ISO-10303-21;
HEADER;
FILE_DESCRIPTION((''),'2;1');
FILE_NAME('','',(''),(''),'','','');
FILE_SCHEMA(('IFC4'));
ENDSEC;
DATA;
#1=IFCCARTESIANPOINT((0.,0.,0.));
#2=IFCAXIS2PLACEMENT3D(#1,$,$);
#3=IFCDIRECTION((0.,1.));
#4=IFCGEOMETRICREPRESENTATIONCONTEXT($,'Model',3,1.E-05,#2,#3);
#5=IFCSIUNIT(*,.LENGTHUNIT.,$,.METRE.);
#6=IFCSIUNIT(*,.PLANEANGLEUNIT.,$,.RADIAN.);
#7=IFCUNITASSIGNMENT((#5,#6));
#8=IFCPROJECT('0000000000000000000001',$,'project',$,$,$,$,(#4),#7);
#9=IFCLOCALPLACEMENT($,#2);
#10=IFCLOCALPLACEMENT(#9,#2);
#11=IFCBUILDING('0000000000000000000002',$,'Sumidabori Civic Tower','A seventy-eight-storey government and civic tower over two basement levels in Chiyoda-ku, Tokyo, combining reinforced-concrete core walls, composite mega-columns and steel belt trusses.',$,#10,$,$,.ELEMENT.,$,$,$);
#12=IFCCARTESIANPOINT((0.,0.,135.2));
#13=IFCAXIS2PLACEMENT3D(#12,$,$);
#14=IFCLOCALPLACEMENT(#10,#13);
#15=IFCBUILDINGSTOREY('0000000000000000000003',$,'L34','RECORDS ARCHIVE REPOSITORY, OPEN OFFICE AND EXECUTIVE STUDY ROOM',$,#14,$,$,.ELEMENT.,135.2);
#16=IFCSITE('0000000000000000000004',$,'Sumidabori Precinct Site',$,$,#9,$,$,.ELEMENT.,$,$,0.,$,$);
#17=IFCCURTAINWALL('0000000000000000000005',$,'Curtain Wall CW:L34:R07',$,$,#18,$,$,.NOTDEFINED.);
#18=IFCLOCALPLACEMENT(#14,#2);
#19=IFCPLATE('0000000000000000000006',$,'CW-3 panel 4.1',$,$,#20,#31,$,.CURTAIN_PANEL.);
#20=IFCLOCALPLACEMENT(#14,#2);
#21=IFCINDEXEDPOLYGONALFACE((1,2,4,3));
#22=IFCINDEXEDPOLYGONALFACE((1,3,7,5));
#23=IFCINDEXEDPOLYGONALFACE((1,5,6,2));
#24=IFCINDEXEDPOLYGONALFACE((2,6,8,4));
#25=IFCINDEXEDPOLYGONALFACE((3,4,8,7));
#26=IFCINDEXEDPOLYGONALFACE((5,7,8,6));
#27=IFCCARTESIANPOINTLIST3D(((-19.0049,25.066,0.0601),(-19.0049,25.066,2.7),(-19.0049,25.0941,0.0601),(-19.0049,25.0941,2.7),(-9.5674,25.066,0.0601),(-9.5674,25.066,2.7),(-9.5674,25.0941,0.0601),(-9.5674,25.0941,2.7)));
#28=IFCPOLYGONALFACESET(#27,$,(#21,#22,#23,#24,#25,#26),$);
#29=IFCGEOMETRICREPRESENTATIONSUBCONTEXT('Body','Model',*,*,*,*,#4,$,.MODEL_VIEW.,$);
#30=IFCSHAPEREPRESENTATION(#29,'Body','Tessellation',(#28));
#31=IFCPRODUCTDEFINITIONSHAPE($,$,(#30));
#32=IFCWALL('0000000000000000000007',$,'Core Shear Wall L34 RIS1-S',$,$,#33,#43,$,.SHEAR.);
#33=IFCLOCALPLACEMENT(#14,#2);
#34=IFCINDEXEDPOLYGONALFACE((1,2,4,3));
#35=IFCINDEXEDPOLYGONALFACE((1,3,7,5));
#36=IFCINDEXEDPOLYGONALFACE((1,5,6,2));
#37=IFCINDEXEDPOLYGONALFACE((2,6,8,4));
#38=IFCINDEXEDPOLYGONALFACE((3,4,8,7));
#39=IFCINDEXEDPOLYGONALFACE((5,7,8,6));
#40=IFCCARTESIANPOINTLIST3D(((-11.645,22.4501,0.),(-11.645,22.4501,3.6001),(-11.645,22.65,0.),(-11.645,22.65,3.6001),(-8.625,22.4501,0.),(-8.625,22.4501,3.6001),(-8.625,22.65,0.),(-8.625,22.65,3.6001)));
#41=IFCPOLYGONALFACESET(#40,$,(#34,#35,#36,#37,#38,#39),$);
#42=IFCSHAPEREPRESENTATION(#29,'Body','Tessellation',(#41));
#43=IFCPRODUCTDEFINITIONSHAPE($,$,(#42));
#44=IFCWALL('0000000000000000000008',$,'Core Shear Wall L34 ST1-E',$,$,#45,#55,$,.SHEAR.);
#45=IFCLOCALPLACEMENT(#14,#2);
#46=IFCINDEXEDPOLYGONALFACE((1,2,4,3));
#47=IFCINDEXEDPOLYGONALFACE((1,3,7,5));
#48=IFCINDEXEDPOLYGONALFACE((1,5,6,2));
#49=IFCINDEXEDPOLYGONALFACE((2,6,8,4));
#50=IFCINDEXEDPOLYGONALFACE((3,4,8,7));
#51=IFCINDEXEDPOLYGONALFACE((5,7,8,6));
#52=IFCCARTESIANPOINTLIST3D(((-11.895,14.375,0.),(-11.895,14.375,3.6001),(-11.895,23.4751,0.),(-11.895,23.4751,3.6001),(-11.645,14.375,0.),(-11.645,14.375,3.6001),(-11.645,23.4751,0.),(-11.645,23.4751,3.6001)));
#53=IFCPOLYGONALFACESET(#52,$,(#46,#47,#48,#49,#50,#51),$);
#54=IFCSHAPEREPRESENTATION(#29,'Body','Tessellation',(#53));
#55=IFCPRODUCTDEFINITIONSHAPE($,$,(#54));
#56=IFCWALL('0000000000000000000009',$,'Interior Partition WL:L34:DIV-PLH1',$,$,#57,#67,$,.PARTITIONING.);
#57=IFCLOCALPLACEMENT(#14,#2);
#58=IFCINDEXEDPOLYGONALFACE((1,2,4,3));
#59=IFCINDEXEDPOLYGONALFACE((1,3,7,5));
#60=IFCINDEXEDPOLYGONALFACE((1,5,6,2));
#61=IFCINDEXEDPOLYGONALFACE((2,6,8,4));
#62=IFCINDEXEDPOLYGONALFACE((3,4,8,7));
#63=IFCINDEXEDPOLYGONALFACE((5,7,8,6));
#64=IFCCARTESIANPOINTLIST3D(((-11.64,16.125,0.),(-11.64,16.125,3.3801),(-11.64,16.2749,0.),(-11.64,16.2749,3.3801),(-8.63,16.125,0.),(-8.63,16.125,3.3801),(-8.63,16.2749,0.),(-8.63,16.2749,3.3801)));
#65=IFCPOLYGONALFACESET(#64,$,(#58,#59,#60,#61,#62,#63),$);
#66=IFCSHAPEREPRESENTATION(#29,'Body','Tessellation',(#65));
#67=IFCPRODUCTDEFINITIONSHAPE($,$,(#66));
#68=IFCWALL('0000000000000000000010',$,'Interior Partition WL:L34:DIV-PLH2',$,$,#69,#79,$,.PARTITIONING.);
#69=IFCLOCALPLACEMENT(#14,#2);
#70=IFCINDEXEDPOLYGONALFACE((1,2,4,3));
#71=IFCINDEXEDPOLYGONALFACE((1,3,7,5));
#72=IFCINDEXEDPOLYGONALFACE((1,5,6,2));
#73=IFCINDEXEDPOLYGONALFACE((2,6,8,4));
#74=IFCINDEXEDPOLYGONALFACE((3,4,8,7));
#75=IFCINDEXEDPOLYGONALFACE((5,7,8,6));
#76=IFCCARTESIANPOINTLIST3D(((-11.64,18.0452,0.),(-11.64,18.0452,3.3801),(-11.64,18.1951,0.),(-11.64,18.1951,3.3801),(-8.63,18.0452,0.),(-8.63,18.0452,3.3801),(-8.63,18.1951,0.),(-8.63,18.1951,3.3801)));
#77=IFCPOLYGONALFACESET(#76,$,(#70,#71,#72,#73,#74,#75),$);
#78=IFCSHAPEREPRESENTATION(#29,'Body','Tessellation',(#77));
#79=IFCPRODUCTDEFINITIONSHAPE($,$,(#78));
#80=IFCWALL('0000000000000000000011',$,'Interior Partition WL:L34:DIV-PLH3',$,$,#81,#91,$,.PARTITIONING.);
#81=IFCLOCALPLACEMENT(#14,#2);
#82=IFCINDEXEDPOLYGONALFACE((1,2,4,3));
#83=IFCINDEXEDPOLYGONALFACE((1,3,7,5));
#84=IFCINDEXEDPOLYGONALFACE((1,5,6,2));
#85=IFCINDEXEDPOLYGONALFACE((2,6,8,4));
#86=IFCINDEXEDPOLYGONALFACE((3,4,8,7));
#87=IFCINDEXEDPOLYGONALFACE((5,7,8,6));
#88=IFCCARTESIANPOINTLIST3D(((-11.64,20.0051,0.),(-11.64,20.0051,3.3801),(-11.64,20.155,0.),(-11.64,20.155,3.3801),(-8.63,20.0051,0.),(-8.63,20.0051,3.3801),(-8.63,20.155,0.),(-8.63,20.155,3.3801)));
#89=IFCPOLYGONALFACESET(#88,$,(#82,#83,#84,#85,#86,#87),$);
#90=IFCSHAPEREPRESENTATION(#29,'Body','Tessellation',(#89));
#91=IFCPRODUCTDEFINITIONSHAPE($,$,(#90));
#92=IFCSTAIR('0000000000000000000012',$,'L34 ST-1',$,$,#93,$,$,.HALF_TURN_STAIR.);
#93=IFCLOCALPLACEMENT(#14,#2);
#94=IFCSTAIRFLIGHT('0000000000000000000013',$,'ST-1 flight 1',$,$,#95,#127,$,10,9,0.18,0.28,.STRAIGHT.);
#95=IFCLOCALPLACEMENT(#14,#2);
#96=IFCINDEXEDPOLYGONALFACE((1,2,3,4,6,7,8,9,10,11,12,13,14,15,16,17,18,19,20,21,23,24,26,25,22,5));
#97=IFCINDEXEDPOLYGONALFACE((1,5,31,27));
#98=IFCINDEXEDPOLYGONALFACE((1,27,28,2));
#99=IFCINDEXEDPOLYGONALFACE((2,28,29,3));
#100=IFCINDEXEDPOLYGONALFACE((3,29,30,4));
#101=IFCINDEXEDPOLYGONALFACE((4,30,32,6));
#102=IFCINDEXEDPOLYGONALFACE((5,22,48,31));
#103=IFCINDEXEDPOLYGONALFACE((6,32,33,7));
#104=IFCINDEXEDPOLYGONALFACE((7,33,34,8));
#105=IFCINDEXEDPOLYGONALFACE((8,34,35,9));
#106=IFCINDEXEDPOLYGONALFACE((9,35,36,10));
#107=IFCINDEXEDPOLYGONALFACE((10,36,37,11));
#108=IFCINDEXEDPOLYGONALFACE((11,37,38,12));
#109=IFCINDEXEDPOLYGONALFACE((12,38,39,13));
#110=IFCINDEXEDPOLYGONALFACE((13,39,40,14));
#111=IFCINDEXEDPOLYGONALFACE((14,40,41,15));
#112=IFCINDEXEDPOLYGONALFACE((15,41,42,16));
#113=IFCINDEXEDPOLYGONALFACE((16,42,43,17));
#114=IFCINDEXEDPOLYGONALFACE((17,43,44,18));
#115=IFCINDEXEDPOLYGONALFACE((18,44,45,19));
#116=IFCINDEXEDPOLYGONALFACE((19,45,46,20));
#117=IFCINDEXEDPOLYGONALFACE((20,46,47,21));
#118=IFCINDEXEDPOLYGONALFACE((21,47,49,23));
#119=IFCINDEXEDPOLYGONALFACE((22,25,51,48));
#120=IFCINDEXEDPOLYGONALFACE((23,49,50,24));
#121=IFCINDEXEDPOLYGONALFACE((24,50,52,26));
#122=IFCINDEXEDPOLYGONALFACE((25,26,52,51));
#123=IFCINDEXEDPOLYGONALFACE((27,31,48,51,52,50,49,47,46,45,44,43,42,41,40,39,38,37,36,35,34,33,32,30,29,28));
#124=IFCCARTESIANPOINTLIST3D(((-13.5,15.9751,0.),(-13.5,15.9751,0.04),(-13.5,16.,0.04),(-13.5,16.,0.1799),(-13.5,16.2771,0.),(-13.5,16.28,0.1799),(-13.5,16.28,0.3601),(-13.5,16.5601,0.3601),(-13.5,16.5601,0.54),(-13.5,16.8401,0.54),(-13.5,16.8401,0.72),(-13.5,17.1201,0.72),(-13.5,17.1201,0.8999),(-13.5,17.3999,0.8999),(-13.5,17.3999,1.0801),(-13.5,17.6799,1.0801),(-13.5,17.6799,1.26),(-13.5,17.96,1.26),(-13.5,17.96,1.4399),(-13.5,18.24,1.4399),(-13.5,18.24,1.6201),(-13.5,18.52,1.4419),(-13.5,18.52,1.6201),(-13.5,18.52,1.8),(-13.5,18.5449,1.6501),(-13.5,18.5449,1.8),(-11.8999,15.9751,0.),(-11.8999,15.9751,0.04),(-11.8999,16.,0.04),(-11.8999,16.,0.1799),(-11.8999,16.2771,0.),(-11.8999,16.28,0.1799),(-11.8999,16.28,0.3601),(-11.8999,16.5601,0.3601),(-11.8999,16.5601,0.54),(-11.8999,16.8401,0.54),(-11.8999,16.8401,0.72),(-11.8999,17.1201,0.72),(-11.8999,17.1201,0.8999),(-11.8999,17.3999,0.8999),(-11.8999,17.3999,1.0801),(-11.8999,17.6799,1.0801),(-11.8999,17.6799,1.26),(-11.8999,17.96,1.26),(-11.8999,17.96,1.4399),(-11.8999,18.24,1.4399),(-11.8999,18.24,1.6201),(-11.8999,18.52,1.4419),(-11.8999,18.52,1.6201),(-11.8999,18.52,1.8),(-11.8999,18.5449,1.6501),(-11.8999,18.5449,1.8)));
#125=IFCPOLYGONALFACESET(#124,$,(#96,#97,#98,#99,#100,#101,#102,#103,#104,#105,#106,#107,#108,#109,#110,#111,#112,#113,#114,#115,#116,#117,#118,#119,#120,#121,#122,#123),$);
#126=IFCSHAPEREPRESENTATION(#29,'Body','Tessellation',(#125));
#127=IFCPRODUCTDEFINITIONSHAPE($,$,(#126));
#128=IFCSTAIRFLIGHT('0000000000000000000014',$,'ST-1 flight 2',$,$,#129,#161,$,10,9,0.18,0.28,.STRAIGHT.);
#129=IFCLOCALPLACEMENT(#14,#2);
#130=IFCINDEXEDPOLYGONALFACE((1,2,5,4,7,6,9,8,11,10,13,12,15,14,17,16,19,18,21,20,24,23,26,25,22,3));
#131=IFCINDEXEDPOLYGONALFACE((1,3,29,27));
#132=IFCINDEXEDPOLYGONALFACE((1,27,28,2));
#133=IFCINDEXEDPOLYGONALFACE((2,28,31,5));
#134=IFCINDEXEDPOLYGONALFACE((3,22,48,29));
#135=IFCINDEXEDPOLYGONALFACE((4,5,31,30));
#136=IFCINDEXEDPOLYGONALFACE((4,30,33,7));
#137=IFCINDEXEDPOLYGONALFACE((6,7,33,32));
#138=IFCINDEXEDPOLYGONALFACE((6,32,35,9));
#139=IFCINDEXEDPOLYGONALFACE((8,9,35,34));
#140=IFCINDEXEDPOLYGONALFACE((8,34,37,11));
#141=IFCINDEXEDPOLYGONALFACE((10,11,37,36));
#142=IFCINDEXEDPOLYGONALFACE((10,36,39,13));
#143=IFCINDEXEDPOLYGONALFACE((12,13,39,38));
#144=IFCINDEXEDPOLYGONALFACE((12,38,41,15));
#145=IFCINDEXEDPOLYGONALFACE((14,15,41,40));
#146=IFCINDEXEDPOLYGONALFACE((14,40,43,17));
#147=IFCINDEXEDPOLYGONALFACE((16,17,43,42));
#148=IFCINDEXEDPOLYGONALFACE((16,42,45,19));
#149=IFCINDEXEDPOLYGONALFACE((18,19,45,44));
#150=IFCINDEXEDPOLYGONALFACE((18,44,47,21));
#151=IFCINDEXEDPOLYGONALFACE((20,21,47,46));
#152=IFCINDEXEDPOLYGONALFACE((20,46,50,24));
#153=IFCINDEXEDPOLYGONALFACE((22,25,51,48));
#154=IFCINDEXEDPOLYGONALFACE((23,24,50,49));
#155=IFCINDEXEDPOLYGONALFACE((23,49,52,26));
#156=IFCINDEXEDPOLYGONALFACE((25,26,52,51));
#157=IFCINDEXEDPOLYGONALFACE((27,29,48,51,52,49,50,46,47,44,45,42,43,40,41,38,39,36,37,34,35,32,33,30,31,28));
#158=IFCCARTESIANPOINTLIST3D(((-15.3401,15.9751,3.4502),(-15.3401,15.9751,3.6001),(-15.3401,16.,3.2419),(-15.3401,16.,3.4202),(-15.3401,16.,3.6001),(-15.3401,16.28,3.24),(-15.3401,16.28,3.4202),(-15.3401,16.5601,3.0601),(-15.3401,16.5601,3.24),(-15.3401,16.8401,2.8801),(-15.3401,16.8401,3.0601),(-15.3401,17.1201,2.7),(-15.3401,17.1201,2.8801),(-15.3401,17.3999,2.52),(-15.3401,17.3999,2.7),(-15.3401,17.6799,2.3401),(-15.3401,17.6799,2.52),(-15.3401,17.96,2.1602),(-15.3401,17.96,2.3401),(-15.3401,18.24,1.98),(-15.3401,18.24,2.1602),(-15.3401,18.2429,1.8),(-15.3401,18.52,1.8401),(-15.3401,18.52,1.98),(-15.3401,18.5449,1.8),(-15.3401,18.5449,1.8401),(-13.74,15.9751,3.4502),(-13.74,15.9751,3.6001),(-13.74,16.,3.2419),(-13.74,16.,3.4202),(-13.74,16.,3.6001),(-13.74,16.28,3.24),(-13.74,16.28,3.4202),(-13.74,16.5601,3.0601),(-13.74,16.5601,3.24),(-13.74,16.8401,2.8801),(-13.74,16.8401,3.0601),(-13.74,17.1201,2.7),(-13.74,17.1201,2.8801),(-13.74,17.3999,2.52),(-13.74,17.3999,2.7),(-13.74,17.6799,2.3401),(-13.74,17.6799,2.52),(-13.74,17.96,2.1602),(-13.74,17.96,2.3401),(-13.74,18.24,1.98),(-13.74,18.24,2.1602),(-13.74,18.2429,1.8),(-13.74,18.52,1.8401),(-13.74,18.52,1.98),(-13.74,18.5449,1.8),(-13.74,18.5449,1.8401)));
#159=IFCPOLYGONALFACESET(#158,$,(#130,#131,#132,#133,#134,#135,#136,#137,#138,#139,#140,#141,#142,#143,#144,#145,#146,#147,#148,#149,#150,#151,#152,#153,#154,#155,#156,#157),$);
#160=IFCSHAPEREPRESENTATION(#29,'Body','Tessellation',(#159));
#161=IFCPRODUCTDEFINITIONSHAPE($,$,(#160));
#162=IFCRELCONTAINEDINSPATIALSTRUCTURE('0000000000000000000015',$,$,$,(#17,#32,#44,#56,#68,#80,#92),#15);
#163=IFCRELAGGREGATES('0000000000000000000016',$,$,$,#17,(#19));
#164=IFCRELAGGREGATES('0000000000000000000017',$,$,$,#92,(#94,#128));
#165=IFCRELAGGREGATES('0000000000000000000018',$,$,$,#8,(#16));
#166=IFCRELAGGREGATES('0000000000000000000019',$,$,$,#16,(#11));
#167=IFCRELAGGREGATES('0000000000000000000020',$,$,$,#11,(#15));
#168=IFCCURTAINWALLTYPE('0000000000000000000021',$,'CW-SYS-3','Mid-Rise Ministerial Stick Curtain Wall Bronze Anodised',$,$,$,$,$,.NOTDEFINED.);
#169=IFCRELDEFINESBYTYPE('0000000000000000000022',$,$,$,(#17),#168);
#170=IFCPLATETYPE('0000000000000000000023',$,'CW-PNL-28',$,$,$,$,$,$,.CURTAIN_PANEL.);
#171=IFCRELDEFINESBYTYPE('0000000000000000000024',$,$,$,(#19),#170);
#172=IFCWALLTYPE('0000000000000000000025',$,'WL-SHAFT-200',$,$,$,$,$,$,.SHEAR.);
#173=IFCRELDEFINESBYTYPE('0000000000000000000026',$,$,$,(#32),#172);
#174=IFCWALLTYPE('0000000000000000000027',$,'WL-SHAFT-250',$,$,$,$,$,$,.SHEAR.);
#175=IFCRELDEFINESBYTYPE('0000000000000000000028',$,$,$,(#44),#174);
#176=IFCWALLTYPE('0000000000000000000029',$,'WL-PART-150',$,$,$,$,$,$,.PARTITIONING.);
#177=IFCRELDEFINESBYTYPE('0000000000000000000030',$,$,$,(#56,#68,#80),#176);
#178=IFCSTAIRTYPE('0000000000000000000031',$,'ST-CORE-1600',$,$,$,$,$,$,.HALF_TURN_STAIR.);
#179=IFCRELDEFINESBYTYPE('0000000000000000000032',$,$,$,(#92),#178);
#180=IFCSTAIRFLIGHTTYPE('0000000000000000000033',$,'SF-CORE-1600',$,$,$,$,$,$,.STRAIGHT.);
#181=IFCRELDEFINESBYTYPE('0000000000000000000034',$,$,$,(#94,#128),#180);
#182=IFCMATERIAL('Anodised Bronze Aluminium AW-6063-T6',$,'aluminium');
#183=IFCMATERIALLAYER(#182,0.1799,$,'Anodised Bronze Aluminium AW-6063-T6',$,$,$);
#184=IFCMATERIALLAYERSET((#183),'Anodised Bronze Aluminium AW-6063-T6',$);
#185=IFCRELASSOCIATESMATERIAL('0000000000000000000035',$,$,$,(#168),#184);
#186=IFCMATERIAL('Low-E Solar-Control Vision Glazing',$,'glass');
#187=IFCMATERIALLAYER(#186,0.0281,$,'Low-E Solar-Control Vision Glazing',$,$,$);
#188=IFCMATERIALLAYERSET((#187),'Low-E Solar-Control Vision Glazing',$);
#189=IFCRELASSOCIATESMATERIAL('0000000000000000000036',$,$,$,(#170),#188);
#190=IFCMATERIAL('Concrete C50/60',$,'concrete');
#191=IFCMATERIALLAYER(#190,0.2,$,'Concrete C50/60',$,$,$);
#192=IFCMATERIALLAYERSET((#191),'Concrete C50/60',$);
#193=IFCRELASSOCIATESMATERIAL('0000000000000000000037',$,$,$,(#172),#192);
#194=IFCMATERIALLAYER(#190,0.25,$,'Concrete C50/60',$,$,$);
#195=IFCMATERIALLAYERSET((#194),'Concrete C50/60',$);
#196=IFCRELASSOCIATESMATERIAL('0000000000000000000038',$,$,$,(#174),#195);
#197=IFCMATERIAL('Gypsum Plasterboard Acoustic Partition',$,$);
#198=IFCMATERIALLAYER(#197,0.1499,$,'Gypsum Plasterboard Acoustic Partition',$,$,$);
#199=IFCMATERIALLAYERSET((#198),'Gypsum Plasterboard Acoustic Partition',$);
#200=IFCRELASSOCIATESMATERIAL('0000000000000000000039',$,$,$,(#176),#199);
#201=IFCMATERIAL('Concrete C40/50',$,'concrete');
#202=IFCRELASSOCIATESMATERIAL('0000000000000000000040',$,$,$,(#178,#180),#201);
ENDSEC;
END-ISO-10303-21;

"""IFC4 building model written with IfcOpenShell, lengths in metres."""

from ifc_helpers import new_model, si_unit, direction, frame, frame_2d, origin, origin_2d, place, context, subcontext, project, spatial, polyline, rectangle, outline, extrude, source, transform, mapped, material, layer, layer_set, type_object, element, aggregate, save


model = new_model("IFC4")

# Units and contexts
model_context = context("Model", 3, precision=1e-05, world=origin(), true_north=direction((0.0, 1.0)))
body_context = subcontext(model_context, "Body", "Model", "MODEL_VIEW")
ifc_project = project(units=[si_unit("LENGTHUNIT", "METRE"), si_unit("PLANEANGLEUNIT", "RADIAN")], contexts=[model_context])

# Site, building, storey
site_placement = place(None, origin())
site = spatial("IfcSite", under=ifc_project, at=site_placement, Name="Sumidabori Precinct Site", CompositionType="ELEMENT", RefElevation=0.0)
building_placement = place(site_placement, origin())
building = spatial("IfcBuilding", under=site, at=building_placement, Name="Sumidabori Civic Tower", Description="A seventy-eight-storey government and civic tower over two basement levels in Chiyoda-ku, Tokyo, combining reinforced-concrete core walls, composite mega-columns and steel belt trusses.", CompositionType="ELEMENT")
storey_placement = place(building_placement, frame((0.0, 0.0, 135.2)))
storey = spatial("IfcBuildingStorey", under=building, at=storey_placement, Name="L34", Description="RECORDS ARCHIVE REPOSITORY, OPEN OFFICE AND EXECUTIVE STUDY ROOM", CompositionType="ELEMENT", Elevation=135.2)

# Curtain wall, plate
ifc_material_1 = material(Name="Anodised Bronze Aluminium AW-6063-T6", Category="aluminium")
ifc_layer_1 = layer(ifc_material_1, 0.1799, Name="Anodised Bronze Aluminium AW-6063-T6")
ifc_layer_set_1 = layer_set([ifc_layer_1], Name="Anodised Bronze Aluminium AW-6063-T6")
curtain_wall_type = type_object("IfcCurtainWallType", Name="CW-SYS-3", Description="Mid-Rise Ministerial Stick Curtain Wall Bronze Anodised", PredefinedType="NOTDEFINED", material=ifc_layer_set_1)
curtain_wall_placement = place(storey_placement, origin())
curtain_wall = element("IfcCurtainWall", 1, at=curtain_wall_placement, inside=storey, type_object=curtain_wall_type, Name="Curtain Wall CW:L34:R07", PredefinedType="NOTDEFINED")
ifc_material_2 = material(Name="Low-E Solar-Control Vision Glazing", Category="glass")
ifc_layer_2 = layer(ifc_material_2, 0.0281, Name="Low-E Solar-Control Vision Glazing")
ifc_layer_set_2 = layer_set([ifc_layer_2], Name="Low-E Solar-Control Vision Glazing")
plate_type = type_object("IfcPlateType", Name="CW-PNL-28", PredefinedType="CURTAIN_PANEL", material=ifc_layer_set_2)
shared_shape_1 = source(origin(), body_context, "Body", "SweptSolid", [
    extrude(rectangle(XDim=9.4375, YDim=0.0281, at=origin_2d()), origin(), (0.0, 0.0, 1.0), 2.6399),
])
plate_placement = place(storey_placement, frame((-14.2861, 25.0801, 0.0601), z_axis=(0.0, 0.0, 1.0), x_axis=(-1.0, 0.0, 0.0)))
plate = element("IfcPlate", 2, at=plate_placement, type_object=plate_type, Name="CW-3 panel 4.1", PredefinedType="CURTAIN_PANEL", context=body_context, shape_type="MappedRepresentation", body=[
    mapped(shared_shape_1, transform((0.0, 0.0, 0.0), x_axis=(1.0, 0.0, 0.0), y_axis=(0.0, 1.0, 0.0), z_axis=(0.0, 0.0, 1.0), scale=1.0)),
])
aggregate(curtain_wall, [plate])

# Wall
ifc_material_3 = material(Name="Concrete C50/60", Category="concrete")
ifc_layer_3 = layer(ifc_material_3, 0.2, Name="Concrete C50/60")
ifc_layer_set_3 = layer_set([ifc_layer_3], Name="Concrete C50/60")
wall_type_1 = type_object("IfcWallType", Name="WL-SHAFT-200", PredefinedType="SHEAR", material=ifc_layer_set_3)
shared_shape_2 = source(origin(), body_context, "Body", "SweptSolid", [
    extrude(rectangle(XDim=3.02, YDim=0.2, at=frame_2d((1.51, 0.0))), origin(), (0.0, 0.0, 1.0), 3.6001),
])
wall_1_placement = place(storey_placement, frame((-11.645, 22.55, 0.0), z_axis=(0.0, 0.0, 1.0), x_axis=(1.0, 0.0, 0.0)))
element("IfcWall", 3, at=wall_1_placement, inside=storey, type_object=wall_type_1, Name="Core Shear Wall L34 RIS1-S", PredefinedType="SHEAR", context=body_context, shape_type="MappedRepresentation", body=[
    mapped(shared_shape_2, transform((0.0, 0.0, 0.0), x_axis=(1.0, 0.0, 0.0), y_axis=(0.0, 1.0, 0.0), z_axis=(0.0, 0.0, 1.0), scale=1.0)),
])

# Shared definitions
ifc_layer_4 = layer(ifc_material_3, 0.25, Name="Concrete C50/60")
ifc_layer_set_4 = layer_set([ifc_layer_4], Name="Concrete C50/60")
wall_type_2 = type_object("IfcWallType", Name="WL-SHAFT-250", PredefinedType="SHEAR", material=ifc_layer_set_4)

# Wall
shared_shape_3 = source(origin(), body_context, "Body", "SweptSolid", [
    extrude(rectangle(XDim=9.1001, YDim=0.25, at=frame_2d((4.55, 0.0))), origin(), (0.0, 0.0, 1.0), 3.6001),
])
wall_2_placement = place(storey_placement, frame((-11.77, 14.375, 0.0), z_axis=(0.0, 0.0, 1.0), x_axis=(0.0, 1.0, 0.0)))
element("IfcWall", 4, at=wall_2_placement, inside=storey, type_object=wall_type_2, Name="Core Shear Wall L34 ST1-E", PredefinedType="SHEAR", context=body_context, shape_type="MappedRepresentation", body=[
    mapped(shared_shape_3, transform((0.0, 0.0, 0.0), x_axis=(1.0, 0.0, 0.0), y_axis=(0.0, 1.0, 0.0), z_axis=(0.0, 0.0, 1.0), scale=1.0)),
])

# Walls
ifc_material_4 = material(Name="Gypsum Plasterboard Acoustic Partition")
ifc_layer_5 = layer(ifc_material_4, 0.1499, Name="Gypsum Plasterboard Acoustic Partition")
ifc_layer_set_5 = layer_set([ifc_layer_5], Name="Gypsum Plasterboard Acoustic Partition")
wall_type_3 = type_object("IfcWallType", Name="WL-PART-150", PredefinedType="PARTITIONING", material=ifc_layer_set_5)
shared_shape_4 = source(origin(), body_context, "Body", "SweptSolid", [
    extrude(rectangle(XDim=3.01, YDim=0.1499, at=frame_2d((1.5049, 0.0))), origin(), (0.0, 0.0, 1.0), 3.3801),
])
for number, where, z_axis, x_axis, name in (
    (5, (-11.6399, 16.2, 0.0), (0.0, 0.0, 1.0), (1.0, 0.0, 0.0), "Interior Partition WL:L34:DIV-PLH1"),
    (6, (-11.6399, 18.1201, 0.0), (0.0, 0.0, 1.0), (1.0, 0.0, 0.0), "Interior Partition WL:L34:DIV-PLH2"),
    (7, (-11.6399, 20.0801, 0.0), (0.0, 0.0, 1.0), (1.0, 0.0, 0.0), "Interior Partition WL:L34:DIV-PLH3"),
):
    element("IfcWall", number, at=place(storey_placement, frame(where, z_axis=z_axis, x_axis=x_axis)), inside=storey, type_object=wall_type_3, Name=name, PredefinedType="PARTITIONING", context=body_context, shape_type="MappedRepresentation", body=[
        mapped(shared_shape_4, transform((0.0, 0.0, 0.0), x_axis=(1.0, 0.0, 0.0), y_axis=(0.0, 1.0, 0.0), z_axis=(0.0, 0.0, 1.0), scale=1.0)),
    ])

# Stair, stair flights
ifc_material_5 = material(Name="Concrete C40/50", Category="concrete")
stair_type = type_object("IfcStairType", Name="ST-CORE-1600", PredefinedType="HALF_TURN_STAIR", material=ifc_material_5)
stair_placement = place(storey_placement, origin())
stair = element("IfcStair", 8, at=stair_placement, inside=storey, type_object=stair_type, Name="L34 ST-1", PredefinedType="HALF_TURN_STAIR")
stair_flight_type = type_object("IfcStairFlightType", Name="SF-CORE-1600", PredefinedType="STRAIGHT", material=ifc_material_5)
shared_shape_5 = source(origin(), body_context, "Body", "SweptSolid", [
    extrude(outline(polyline([(-0.0249, 0.0), (-0.0249, 0.04), (0.0, 0.04), (0.0, 0.1799), (0.28, 0.1799), (0.28, 0.3601), (0.5601, 0.3601), (0.5601, 0.54), (0.8401, 0.54), (0.8401, 0.72), (1.1201, 0.72), (1.1201, 0.8999), (1.3999, 0.8999), (1.3999, 1.0801), (1.6799, 1.0801), (1.6799, 1.26), (1.96, 1.26), (1.96, 1.4399), (2.24, 1.4399), (2.24, 1.6201), (2.52, 1.6201), (2.52, 1.8), (2.5449, 1.8), (2.5449, 1.6501), (2.52, 1.4419), (0.2771, 0.0), (-0.0249, 0.0)])), frame((0.0, 0.8, 0.0), z_axis=(0.0, -1.0, 0.0), x_axis=(1.0, 0.0, 0.0)), (0.0, 0.0, 1.0), 1.6001),
])
stair_flight_1_placement = place(storey_placement, frame((-12.7, 16.0, 0.0), z_axis=(0.0, 0.0, 1.0), x_axis=(0.0, 1.0, 0.0)))
stair_flight_1 = element("IfcStairFlight", 9, at=stair_flight_1_placement, type_object=stair_flight_type, Name="ST-1 flight 1", NumberOfRisers=10, NumberOfTreads=9, PredefinedType="STRAIGHT", RiserHeight=0.18, TreadLength=0.28, context=body_context, shape_type="MappedRepresentation", body=[
    mapped(shared_shape_5, transform((0.0, 0.0, 0.0), x_axis=(1.0, 0.0, 0.0), y_axis=(0.0, 1.0, 0.0), z_axis=(0.0, 0.0, 1.0), scale=1.0)),
])
stair_flight_2_placement = place(storey_placement, frame((-14.54, 18.52, 1.8), z_axis=(0.0, 0.0, 1.0), x_axis=(0.0, -1.0, 0.0)))
stair_flight_2 = element("IfcStairFlight", 10, at=stair_flight_2_placement, type_object=stair_flight_type, Name="ST-1 flight 2", NumberOfRisers=10, NumberOfTreads=9, PredefinedType="STRAIGHT", RiserHeight=0.18, TreadLength=0.28, context=body_context, shape_type="MappedRepresentation", body=[
    mapped(shared_shape_5, transform((0.0, 0.0, 0.0), x_axis=(1.0, 0.0, 0.0), y_axis=(0.0, 1.0, 0.0), z_axis=(0.0, 0.0, 1.0), scale=1.0)),
])
aggregate(stair, [stair_flight_1, stair_flight_2])

save(model, "model.ifc")
